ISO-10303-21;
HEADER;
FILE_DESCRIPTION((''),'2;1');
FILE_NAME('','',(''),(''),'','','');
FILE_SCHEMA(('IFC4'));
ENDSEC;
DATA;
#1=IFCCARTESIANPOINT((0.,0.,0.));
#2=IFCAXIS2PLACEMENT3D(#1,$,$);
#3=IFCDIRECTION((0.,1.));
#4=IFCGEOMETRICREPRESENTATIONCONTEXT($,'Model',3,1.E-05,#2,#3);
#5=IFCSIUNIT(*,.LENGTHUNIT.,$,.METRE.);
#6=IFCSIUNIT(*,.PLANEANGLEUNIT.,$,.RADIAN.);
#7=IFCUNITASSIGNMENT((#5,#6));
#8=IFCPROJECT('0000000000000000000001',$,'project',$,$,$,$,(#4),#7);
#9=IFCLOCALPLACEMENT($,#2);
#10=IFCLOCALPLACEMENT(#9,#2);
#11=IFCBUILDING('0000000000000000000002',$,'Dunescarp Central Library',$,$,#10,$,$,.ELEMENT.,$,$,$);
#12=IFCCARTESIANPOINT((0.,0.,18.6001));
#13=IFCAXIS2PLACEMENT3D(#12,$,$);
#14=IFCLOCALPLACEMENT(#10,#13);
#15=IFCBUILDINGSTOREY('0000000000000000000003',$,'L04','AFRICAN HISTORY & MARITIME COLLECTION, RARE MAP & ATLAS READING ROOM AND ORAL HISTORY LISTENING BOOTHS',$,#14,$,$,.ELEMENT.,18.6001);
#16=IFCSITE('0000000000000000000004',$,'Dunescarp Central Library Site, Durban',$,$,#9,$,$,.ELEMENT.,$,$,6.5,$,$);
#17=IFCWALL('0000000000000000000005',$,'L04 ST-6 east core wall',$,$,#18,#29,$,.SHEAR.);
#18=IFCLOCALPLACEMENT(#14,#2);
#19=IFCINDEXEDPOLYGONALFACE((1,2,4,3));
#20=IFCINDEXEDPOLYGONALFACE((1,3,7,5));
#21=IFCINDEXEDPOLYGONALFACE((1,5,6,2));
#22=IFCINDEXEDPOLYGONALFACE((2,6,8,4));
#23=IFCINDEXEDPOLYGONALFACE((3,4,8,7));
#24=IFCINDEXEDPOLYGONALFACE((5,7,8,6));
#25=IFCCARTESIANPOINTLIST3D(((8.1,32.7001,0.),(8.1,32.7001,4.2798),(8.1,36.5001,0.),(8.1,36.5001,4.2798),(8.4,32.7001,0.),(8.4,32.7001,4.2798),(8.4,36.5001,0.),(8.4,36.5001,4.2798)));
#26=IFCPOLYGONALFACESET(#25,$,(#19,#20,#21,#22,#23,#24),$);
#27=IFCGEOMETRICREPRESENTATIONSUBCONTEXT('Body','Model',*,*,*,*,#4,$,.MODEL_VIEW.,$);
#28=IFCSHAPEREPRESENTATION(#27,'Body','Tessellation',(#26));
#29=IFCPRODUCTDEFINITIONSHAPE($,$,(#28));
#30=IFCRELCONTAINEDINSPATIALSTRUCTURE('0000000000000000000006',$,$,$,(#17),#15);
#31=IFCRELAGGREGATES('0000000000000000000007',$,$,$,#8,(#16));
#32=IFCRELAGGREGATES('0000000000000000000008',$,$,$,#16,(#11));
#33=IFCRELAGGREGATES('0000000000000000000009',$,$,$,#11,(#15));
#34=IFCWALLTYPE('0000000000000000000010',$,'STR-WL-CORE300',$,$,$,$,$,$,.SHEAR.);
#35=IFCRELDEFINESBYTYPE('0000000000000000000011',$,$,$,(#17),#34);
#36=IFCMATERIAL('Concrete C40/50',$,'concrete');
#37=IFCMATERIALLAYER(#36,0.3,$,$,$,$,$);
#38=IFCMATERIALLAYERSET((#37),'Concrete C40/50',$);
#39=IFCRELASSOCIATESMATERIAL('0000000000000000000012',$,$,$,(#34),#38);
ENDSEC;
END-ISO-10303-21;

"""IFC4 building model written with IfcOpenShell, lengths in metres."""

from ifc_helpers import new_model, si_unit, direction, frame, frame_2d, origin, place, context, subcontext, project, spatial, rectangle, extrude, material, layer, layer_set, type_object, element, save


model = new_model("IFC4")

# Units and contexts
model_context = context("Model", 3, precision=1e-05, world=origin(), true_north=direction((0.0, 1.0)))
body_context = subcontext(model_context, "Body", "Model", "MODEL_VIEW")
ifc_project = project(units=[si_unit("LENGTHUNIT", "METRE"), si_unit("PLANEANGLEUNIT", "RADIAN")], contexts=[model_context])

# Site, building, storey
site_placement = place(None, origin())
site = spatial("IfcSite", under=ifc_project, at=site_placement, Name="Dunescarp Central Library Site, Durban", CompositionType="ELEMENT", RefElevation=6.5)
building_placement = place(site_placement, origin())
building = spatial("IfcBuilding", under=site, at=building_placement, Name="Dunescarp Central Library", CompositionType="ELEMENT")
storey_placement = place(building_placement, frame((0.0, 0.0, 18.6001)))
storey = spatial("IfcBuildingStorey", under=building, at=storey_placement, Name="L04", Description="AFRICAN HISTORY & MARITIME COLLECTION, RARE MAP & ATLAS READING ROOM AND ORAL HISTORY LISTENING BOOTHS", CompositionType="ELEMENT", Elevation=18.6001)

# Shared definitions
ifc_material_1 = material(Name="Concrete C40/50", Category="concrete")
ifc_layer_1 = layer(ifc_material_1, 0.3)
ifc_layer_set_1 = layer_set([ifc_layer_1], Name="Concrete C40/50")
wall_type_1 = type_object("IfcWallType", Name="STR-WL-CORE300", PredefinedType="SHEAR", material=ifc_layer_set_1)

# Wall
wall_1_placement = place(storey_placement, frame((8.25, 36.5, 0.0), z_axis=(0.0, 0.0, 1.0), x_axis=(0.0, -1.0, 0.0)))
element("IfcWall", 1, at=wall_1_placement, inside=storey, type_object=wall_type_1, Name="L04 ST-6 east core wall", PredefinedType="SHEAR", context=body_context, shape_type="SweptSolid", body=[
    extrude(rectangle(XDim=3.8, YDim=0.3, at=frame_2d((1.8999, 0.0))), origin(), (0.0, 0.0, 1.0), 4.2798),
])

save(model, "model.ifc")
